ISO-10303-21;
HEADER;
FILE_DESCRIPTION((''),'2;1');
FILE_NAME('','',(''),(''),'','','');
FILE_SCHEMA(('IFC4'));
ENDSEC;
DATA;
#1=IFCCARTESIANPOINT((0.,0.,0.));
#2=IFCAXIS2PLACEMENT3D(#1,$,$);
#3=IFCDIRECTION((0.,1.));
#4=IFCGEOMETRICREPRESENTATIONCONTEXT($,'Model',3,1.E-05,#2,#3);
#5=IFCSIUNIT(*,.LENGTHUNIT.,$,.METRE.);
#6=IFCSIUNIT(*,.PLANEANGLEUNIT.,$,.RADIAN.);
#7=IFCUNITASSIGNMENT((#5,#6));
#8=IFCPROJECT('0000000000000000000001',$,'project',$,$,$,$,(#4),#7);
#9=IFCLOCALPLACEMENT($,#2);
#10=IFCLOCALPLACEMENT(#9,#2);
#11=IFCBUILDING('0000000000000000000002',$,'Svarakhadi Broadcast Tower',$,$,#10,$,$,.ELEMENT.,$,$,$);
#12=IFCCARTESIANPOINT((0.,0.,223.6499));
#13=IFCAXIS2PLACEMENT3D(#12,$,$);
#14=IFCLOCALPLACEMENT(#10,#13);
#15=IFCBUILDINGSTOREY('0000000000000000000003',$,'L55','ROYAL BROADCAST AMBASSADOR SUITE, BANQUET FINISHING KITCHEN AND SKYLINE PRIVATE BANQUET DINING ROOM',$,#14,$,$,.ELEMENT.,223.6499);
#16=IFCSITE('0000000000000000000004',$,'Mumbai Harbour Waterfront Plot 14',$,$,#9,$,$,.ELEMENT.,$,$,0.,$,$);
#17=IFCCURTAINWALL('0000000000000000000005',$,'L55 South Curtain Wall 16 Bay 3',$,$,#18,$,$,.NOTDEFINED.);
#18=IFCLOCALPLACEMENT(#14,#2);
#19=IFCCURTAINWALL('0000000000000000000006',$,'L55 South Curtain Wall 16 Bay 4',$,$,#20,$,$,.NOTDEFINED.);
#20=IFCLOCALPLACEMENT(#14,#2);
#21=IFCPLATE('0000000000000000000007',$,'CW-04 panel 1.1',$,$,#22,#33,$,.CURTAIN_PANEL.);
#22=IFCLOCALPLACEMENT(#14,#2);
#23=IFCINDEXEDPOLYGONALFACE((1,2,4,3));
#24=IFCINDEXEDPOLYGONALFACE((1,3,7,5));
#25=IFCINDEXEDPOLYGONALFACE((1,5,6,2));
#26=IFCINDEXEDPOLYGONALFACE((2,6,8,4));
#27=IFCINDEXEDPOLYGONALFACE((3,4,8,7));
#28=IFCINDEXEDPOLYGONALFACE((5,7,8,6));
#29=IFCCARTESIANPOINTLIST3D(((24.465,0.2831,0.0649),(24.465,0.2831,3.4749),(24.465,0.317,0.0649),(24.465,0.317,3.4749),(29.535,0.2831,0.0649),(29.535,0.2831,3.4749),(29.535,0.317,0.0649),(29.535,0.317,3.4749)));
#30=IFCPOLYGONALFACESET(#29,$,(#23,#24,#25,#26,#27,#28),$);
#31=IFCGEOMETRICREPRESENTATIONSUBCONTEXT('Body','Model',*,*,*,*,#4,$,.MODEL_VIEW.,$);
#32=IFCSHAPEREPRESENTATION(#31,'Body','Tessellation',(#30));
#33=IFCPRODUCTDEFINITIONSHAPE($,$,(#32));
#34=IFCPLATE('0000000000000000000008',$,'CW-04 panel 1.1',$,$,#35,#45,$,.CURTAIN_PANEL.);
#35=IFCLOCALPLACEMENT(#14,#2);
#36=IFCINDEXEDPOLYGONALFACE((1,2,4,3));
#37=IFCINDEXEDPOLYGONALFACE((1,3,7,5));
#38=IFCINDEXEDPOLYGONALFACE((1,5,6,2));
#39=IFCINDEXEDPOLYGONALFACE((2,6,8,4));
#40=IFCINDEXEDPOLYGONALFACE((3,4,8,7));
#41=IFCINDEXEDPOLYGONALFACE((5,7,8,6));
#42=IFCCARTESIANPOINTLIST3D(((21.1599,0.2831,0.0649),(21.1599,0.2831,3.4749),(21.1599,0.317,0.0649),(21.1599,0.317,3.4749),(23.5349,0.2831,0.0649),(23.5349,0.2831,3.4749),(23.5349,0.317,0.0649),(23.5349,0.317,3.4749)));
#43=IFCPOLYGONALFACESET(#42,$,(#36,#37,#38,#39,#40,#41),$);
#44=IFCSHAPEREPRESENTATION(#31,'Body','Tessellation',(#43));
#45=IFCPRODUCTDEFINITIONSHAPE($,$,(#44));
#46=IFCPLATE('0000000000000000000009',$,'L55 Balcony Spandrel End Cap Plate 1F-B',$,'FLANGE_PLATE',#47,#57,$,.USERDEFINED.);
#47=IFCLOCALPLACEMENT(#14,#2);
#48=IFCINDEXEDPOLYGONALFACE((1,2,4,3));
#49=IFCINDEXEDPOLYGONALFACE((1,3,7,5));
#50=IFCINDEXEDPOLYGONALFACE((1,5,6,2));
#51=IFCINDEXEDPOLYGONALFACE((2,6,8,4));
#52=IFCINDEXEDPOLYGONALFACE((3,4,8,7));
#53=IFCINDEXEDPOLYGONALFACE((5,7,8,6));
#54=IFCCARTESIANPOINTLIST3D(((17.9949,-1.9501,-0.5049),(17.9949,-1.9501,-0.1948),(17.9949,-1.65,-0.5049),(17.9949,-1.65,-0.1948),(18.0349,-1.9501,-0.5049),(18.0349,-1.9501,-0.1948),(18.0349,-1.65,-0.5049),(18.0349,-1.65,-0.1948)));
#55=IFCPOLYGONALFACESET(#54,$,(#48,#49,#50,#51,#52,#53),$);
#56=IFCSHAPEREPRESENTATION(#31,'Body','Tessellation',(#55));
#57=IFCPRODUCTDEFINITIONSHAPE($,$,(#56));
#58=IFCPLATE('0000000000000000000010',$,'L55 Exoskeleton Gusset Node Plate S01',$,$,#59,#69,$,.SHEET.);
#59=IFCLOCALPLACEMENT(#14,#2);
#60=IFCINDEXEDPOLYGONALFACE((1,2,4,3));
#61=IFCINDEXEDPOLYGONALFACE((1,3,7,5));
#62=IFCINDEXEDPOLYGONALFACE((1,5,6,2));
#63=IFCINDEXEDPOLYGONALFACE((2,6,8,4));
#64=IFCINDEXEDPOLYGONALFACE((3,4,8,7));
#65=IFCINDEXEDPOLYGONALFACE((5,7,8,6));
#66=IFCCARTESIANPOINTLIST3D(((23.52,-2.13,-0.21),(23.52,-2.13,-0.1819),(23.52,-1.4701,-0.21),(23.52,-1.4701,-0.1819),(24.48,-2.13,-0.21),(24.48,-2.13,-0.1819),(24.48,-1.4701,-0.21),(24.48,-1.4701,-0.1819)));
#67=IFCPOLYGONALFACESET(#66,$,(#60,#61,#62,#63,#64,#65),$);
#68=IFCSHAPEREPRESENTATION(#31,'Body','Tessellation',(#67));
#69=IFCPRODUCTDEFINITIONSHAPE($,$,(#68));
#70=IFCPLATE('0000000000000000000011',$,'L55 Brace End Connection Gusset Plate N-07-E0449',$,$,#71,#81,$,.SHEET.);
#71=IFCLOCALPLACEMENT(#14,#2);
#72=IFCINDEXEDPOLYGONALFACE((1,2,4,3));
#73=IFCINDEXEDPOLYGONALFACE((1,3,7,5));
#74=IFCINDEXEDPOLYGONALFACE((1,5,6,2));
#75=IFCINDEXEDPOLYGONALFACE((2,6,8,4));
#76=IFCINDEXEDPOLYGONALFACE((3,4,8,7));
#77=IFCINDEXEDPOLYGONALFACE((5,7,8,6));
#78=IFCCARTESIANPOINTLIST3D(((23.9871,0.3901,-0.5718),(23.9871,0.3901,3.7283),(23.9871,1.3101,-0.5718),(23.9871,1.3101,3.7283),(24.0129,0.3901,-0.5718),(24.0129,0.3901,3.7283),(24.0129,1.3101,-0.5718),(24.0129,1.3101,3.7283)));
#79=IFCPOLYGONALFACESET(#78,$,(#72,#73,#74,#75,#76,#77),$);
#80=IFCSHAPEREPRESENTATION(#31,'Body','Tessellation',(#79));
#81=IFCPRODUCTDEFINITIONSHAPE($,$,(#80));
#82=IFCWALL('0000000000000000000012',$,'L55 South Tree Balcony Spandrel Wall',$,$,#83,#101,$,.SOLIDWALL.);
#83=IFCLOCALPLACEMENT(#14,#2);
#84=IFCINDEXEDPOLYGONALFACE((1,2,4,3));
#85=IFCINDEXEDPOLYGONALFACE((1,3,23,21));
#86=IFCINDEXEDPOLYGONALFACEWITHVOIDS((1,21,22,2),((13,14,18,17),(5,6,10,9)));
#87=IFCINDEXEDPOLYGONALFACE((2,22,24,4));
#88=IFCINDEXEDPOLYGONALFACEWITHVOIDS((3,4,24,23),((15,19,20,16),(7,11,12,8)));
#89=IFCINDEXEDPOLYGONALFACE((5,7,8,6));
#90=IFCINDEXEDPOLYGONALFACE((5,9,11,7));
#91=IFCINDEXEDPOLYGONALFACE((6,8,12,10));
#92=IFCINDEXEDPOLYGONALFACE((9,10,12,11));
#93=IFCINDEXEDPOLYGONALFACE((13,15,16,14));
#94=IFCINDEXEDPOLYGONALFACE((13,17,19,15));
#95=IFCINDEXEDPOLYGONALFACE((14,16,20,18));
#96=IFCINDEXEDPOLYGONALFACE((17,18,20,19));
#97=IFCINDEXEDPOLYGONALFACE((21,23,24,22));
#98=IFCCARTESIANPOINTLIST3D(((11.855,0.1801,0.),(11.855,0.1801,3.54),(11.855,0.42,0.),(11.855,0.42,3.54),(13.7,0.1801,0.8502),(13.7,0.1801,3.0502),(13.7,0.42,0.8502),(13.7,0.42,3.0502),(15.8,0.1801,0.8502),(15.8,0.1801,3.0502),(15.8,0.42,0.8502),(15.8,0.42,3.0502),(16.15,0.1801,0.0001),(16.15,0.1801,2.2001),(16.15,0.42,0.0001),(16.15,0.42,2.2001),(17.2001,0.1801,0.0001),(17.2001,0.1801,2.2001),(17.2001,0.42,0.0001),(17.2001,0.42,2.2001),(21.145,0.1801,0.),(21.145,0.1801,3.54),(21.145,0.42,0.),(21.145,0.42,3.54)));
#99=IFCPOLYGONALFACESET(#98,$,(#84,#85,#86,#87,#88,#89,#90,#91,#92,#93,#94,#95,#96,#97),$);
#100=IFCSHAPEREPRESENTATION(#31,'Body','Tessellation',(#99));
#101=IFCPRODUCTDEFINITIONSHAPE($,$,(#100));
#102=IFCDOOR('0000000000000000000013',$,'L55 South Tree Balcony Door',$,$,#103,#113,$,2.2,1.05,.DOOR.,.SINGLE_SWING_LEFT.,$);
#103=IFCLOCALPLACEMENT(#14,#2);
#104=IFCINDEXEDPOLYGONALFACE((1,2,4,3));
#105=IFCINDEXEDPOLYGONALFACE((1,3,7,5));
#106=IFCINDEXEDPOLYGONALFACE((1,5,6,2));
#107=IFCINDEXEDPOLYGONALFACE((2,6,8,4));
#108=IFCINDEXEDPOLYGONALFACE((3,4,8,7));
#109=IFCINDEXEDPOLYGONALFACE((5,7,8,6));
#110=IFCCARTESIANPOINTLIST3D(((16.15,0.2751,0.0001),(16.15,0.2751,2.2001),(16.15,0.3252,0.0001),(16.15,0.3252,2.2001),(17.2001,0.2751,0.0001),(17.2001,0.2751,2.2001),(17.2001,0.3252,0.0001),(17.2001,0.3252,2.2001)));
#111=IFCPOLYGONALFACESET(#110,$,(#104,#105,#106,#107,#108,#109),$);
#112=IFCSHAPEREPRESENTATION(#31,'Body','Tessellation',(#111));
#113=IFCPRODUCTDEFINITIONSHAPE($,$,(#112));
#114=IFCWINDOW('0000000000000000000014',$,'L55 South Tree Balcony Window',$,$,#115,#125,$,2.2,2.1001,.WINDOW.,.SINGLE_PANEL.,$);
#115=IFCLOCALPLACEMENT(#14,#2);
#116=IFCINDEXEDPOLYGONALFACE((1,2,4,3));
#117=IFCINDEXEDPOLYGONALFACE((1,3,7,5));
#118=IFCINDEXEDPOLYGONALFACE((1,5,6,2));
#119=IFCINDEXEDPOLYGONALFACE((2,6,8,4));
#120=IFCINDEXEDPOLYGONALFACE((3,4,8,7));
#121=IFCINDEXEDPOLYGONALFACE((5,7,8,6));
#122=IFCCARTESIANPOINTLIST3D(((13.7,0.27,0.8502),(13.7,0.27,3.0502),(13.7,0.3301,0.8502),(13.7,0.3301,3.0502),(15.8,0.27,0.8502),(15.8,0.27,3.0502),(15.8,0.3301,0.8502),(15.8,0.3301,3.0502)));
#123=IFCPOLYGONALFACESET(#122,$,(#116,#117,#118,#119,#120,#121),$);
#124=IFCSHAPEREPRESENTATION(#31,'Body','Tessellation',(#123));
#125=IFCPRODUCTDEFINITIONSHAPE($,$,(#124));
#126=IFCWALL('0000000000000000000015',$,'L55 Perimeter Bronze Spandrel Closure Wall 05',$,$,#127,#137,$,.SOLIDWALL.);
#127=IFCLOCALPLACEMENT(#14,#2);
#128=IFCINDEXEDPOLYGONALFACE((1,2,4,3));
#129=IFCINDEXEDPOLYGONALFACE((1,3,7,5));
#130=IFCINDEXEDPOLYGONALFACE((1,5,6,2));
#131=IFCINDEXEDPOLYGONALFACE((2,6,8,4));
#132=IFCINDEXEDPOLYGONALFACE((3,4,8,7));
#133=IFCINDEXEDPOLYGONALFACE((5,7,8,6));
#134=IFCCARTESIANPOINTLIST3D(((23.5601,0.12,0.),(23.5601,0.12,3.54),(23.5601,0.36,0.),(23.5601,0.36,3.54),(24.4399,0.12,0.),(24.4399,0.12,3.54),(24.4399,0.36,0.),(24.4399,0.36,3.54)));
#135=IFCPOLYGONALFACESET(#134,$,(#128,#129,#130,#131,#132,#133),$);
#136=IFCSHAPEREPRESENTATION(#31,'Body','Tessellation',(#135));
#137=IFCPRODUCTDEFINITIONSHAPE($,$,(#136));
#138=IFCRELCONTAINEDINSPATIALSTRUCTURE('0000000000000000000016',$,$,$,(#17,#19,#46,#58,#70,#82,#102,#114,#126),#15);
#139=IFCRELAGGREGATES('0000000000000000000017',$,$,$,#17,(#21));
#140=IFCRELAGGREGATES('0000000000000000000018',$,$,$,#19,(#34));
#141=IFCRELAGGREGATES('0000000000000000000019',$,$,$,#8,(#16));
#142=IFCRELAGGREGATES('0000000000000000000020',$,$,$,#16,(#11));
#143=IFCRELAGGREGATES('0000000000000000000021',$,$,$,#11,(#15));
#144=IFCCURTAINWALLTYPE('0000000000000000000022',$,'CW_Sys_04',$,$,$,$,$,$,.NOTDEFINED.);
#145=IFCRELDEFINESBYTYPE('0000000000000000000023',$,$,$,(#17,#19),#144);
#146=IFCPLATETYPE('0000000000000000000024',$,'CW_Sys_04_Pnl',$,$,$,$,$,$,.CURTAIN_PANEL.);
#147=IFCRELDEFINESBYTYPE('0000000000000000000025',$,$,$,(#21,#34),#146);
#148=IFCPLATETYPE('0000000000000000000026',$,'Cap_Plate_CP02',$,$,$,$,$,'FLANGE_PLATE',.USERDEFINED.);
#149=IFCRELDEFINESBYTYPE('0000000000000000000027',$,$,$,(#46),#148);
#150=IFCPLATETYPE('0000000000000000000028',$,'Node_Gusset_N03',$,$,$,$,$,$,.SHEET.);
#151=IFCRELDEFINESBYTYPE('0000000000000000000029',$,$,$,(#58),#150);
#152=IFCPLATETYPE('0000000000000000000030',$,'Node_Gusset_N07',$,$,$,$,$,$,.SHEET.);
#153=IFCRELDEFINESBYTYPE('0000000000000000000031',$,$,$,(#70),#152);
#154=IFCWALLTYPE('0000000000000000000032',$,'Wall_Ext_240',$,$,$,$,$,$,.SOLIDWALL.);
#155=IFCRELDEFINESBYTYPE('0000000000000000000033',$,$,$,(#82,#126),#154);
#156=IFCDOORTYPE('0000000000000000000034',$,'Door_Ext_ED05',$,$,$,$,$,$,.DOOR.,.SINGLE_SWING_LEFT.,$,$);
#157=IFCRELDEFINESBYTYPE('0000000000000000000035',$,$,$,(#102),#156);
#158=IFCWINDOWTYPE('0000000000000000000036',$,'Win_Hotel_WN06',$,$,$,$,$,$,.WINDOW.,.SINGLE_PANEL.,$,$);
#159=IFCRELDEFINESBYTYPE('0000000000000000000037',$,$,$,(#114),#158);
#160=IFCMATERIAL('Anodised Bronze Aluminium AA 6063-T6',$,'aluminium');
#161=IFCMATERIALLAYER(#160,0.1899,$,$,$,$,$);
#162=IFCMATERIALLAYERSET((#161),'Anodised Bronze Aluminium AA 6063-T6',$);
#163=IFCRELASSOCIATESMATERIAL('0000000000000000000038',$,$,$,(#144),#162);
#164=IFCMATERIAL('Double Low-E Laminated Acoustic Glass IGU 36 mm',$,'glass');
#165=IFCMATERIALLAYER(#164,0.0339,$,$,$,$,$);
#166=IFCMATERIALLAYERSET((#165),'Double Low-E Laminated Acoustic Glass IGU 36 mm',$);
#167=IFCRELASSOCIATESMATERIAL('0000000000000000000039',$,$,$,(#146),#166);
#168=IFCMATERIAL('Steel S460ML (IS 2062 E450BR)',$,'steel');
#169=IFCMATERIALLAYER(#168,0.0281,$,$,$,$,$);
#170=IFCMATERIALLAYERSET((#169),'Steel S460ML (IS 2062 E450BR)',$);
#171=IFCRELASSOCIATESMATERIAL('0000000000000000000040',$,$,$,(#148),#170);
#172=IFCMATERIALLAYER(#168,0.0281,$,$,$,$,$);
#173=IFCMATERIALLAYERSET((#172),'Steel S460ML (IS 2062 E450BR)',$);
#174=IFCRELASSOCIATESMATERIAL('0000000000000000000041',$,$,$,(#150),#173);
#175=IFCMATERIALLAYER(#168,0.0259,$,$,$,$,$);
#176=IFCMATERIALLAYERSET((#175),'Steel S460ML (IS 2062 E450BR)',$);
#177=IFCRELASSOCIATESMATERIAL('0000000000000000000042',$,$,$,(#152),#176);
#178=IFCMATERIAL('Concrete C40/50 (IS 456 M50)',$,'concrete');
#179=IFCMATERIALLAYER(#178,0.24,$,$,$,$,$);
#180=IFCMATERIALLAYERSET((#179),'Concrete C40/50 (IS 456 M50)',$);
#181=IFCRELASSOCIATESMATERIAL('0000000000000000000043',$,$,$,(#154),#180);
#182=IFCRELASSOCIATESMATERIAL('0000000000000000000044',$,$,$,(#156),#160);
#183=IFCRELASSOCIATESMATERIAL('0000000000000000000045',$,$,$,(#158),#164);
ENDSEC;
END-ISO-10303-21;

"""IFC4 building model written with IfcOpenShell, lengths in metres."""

from ifc_helpers import new_model, si_unit, direction, frame, frame_2d, origin, origin_2d, place, context, subcontext, project, spatial, rectangle, extrude, material, layer, layer_set, type_object, element, fill, aggregate, save


model = new_model("IFC4")

# Units and contexts
model_context = context("Model", 3, precision=1e-05, world=origin(), true_north=direction((0.0, 1.0)))
body_context = subcontext(model_context, "Body", "Model", "MODEL_VIEW")
ifc_project = project(units=[si_unit("LENGTHUNIT", "METRE"), si_unit("PLANEANGLEUNIT", "RADIAN")], contexts=[model_context])

# Site, building, storey
site_placement = place(None, origin())
site = spatial("IfcSite", under=ifc_project, at=site_placement, Name="Mumbai Harbour Waterfront Plot 14", CompositionType="ELEMENT", RefElevation=0.0)
building_placement = place(site_placement, origin())
building = spatial("IfcBuilding", under=site, at=building_placement, Name="Svarakhadi Broadcast Tower", CompositionType="ELEMENT")
storey_placement = place(building_placement, frame((0.0, 0.0, 223.6499)))
storey = spatial("IfcBuildingStorey", under=building, at=storey_placement, Name="L55", Description="ROYAL BROADCAST AMBASSADOR SUITE, BANQUET FINISHING KITCHEN AND SKYLINE PRIVATE BANQUET DINING ROOM", CompositionType="ELEMENT", Elevation=223.6499)

# Curtain walls
ifc_material_1 = material(Name="Anodised Bronze Aluminium AA 6063-T6", Category="aluminium")
ifc_layer_1 = layer(ifc_material_1, 0.1899)
ifc_layer_set_1 = layer_set([ifc_layer_1], Name="Anodised Bronze Aluminium AA 6063-T6")
curtain_wall_type = type_object("IfcCurtainWallType", Name="CW_Sys_04", PredefinedType="NOTDEFINED", material=ifc_layer_set_1)
curtain_wall_1_placement = place(storey_placement, origin())
curtain_wall_1 = element("IfcCurtainWall", 1, at=curtain_wall_1_placement, inside=storey, type_object=curtain_wall_type, Name="L55 South Curtain Wall 16 Bay 3", PredefinedType="NOTDEFINED")
curtain_wall_2_placement = place(storey_placement, origin())
curtain_wall_2 = element("IfcCurtainWall", 2, at=curtain_wall_2_placement, inside=storey, type_object=curtain_wall_type, Name="L55 South Curtain Wall 16 Bay 4", PredefinedType="NOTDEFINED")

# Shared definitions
ifc_material_2 = material(Name="Steel S460ML (IS 2062 E450BR)", Category="steel")

# Plates
ifc_material_3 = material(Name="Double Low-E Laminated Acoustic Glass IGU 36 mm", Category="glass")
ifc_layer_2 = layer(ifc_material_3, 0.0339)
ifc_layer_set_2 = layer_set([ifc_layer_2], Name="Double Low-E Laminated Acoustic Glass IGU 36 mm")
plate_type_1 = type_object("IfcPlateType", Name="CW_Sys_04_Pnl", PredefinedType="CURTAIN_PANEL", material=ifc_layer_set_2)
plate_1_placement = place(storey_placement, frame((27.0, 0.3, 0.0649), z_axis=(0.0, 0.0, 1.0), x_axis=(-1.0, 0.0, 0.0)))
plate_1 = element("IfcPlate", 3, at=plate_1_placement, type_object=plate_type_1, Name="CW-04 panel 1.1", PredefinedType="CURTAIN_PANEL", context=body_context, shape_type="SweptSolid", body=[
    extrude(rectangle(XDim=5.0701, YDim=0.0339, at=origin_2d()), origin(), (0.0, 0.0, 1.0), 3.4099),
])
aggregate(curtain_wall_1, [plate_1])
plate_2_placement = place(storey_placement, frame((22.3474, 0.3, 0.0649), z_axis=(0.0, 0.0, 1.0), x_axis=(-1.0, 0.0, 0.0)))
plate_2 = element("IfcPlate", 4, at=plate_2_placement, type_object=plate_type_1, Name="CW-04 panel 1.1", PredefinedType="CURTAIN_PANEL", context=body_context, shape_type="SweptSolid", body=[
    extrude(rectangle(XDim=2.375, YDim=0.0339, at=origin_2d()), origin(), (0.0, 0.0, 1.0), 3.4099),
])
aggregate(curtain_wall_2, [plate_2])

# Plates
ifc_layer_3 = layer(ifc_material_2, 0.0281)
ifc_layer_set_3 = layer_set([ifc_layer_3], Name="Steel S460ML (IS 2062 E450BR)")
plate_type_2 = type_object("IfcPlateType", Name="Cap_Plate_CP02", ElementType="FLANGE_PLATE", PredefinedType="USERDEFINED", material=ifc_layer_set_3)
plate_3_placement = place(storey_placement, frame((18.0149, -1.8, -0.5049), z_axis=(0.0, 0.0, 1.0), x_axis=(1.0, 0.0, 0.0)))
element("IfcPlate", 5, at=plate_3_placement, inside=storey, type_object=plate_type_2, Name="L55 Balcony Spandrel End Cap Plate 1F-B", ObjectType="FLANGE_PLATE", PredefinedType="USERDEFINED", context=body_context, shape_type="SweptSolid", body=[
    extrude(rectangle(XDim=0.04, YDim=0.3, at=origin_2d()), origin(), (0.0, 0.0, 1.0), 0.3101),
])
ifc_layer_4 = layer(ifc_material_2, 0.0281)
ifc_layer_set_4 = layer_set([ifc_layer_4], Name="Steel S460ML (IS 2062 E450BR)")
plate_type_3 = type_object("IfcPlateType", Name="Node_Gusset_N03", PredefinedType="SHEET", material=ifc_layer_set_4)
plate_4_placement = place(storey_placement, frame((24.0, -1.8, -0.21), z_axis=(0.0, 0.0, 1.0), x_axis=(1.0, 0.0, 0.0)))
element("IfcPlate", 6, at=plate_4_placement, inside=storey, type_object=plate_type_3, Name="L55 Exoskeleton Gusset Node Plate S01", PredefinedType="SHEET", context=body_context, shape_type="SweptSolid", body=[
    extrude(rectangle(XDim=0.96, YDim=0.6599, at=origin_2d()), origin(), (0.0, 0.0, 1.0), 0.0281),
])
ifc_layer_5 = layer(ifc_material_2, 0.0259)
ifc_layer_set_5 = layer_set([ifc_layer_5], Name="Steel S460ML (IS 2062 E450BR)")
plate_type_4 = type_object("IfcPlateType", Name="Node_Gusset_N07", PredefinedType="SHEET", material=ifc_layer_set_5)
plate_5_placement = place(storey_placement, frame((24.0, 0.8501, -0.5718), z_axis=(0.0, 0.0, 1.0), x_axis=(0.0, 1.0, 0.0)))
element("IfcPlate", 7, at=plate_5_placement, inside=storey, type_object=plate_type_4, Name="L55 Brace End Connection Gusset Plate N-07-E0449", PredefinedType="SHEET", context=body_context, shape_type="SweptSolid", body=[
    extrude(rectangle(XDim=0.9199, YDim=0.0259, at=origin_2d()), origin(), (0.0, 0.0, 1.0), 4.3),
])

# Wall, openings, door, window
ifc_material_4 = material(Name="Concrete C40/50 (IS 456 M50)", Category="concrete")
ifc_layer_6 = layer(ifc_material_4, 0.24)
ifc_layer_set_6 = layer_set([ifc_layer_6], Name="Concrete C40/50 (IS 456 M50)")
wall_type = type_object("IfcWallType", Name="Wall_Ext_240", PredefinedType="SOLIDWALL", material=ifc_layer_set_6)
wall_1_placement = place(storey_placement, frame((21.145, 0.3, 0.0), z_axis=(0.0, 0.0, 1.0), x_axis=(-1.0, 0.0, 0.0)))
wall_1 = element("IfcWall", 8, at=wall_1_placement, inside=storey, type_object=wall_type, Name="L55 South Tree Balcony Spandrel Wall", PredefinedType="SOLIDWALL", context=body_context, shape_type="SweptSolid", body=[
    extrude(rectangle(XDim=9.29, YDim=0.24, at=frame_2d((4.645, 0.0))), origin(), (0.0, 0.0, 1.0), 3.54),
])
opening_1_placement = place(wall_1_placement, frame((3.9451, 0.0, 0.0)))
opening_1 = element("IfcOpeningElement", 9, at=opening_1_placement, cuts=wall_1, PredefinedType="OPENING", context=body_context, shape_type="SweptSolid", body=[
    extrude(rectangle(XDim=1.05, YDim=2.2, at=frame_2d((0.5249, 1.1001))), frame((0.0, 0.1299, 0.0), z_axis=(0.0, -1.0, 0.0), x_axis=(1.0, 0.0, 0.0)), (0.0, 0.0, 1.0), 0.26),
])
opening_2_placement = place(wall_1_placement, frame((5.345, 0.0, 0.8501)))
opening_2 = element("IfcOpeningElement", 10, at=opening_2_placement, cuts=wall_1, PredefinedType="OPENING", context=body_context, shape_type="SweptSolid", body=[
    extrude(rectangle(XDim=2.1001, YDim=2.2, at=frame_2d((1.05, 1.1001))), frame((0.0, 0.1299, 0.0), z_axis=(0.0, -1.0, 0.0), x_axis=(1.0, 0.0, 0.0)), (0.0, 0.0, 1.0), 0.26),
])
door_type = type_object("IfcDoorType", Name="Door_Ext_ED05", OperationType="SINGLE_SWING_LEFT", PredefinedType="DOOR", material=ifc_material_1)
door_placement = place(opening_1_placement, origin())
door = element("IfcDoor", 11, at=door_placement, inside=storey, type_object=door_type, Name="L55 South Tree Balcony Door", OperationType="SINGLE_SWING_LEFT", OverallHeight=2.2, OverallWidth=1.05, PredefinedType="DOOR", context=body_context, shape_type="SweptSolid", body=[
    extrude(rectangle(XDim=1.05, YDim=2.2, at=frame_2d((0.5249, 1.1001))), frame((0.0, 0.0249, 0.0), z_axis=(0.0, -1.0, 0.0), x_axis=(1.0, 0.0, 0.0)), (0.0, 0.0, 1.0), 0.05),
])
fill(opening_1, door)
window_type = type_object("IfcWindowType", Name="Win_Hotel_WN06", PartitioningType="SINGLE_PANEL", PredefinedType="WINDOW", material=ifc_material_3)
window_placement = place(opening_2_placement, origin())
window = element("IfcWindow", 12, at=window_placement, inside=storey, type_object=window_type, Name="L55 South Tree Balcony Window", OverallHeight=2.2, OverallWidth=2.1001, PartitioningType="SINGLE_PANEL", PredefinedType="WINDOW", context=body_context, shape_type="SweptSolid", body=[
    extrude(rectangle(XDim=2.1001, YDim=2.2, at=frame_2d((1.05, 1.1001))), frame((0.0, 0.03, 0.0), z_axis=(0.0, -1.0, 0.0), x_axis=(1.0, 0.0, 0.0)), (0.0, 0.0, 1.0), 0.0601),
])
fill(opening_2, window)

# Wall
wall_2_placement = place(storey_placement, frame((24.4399, 0.24, 0.0), z_axis=(0.0, 0.0, 1.0), x_axis=(-1.0, 0.0, 0.0)))
element("IfcWall", 13, at=wall_2_placement, inside=storey, type_object=wall_type, Name="L55 Perimeter Bronze Spandrel Closure Wall 05", PredefinedType="SOLIDWALL", context=body_context, shape_type="SweptSolid", body=[
    extrude(rectangle(XDim=0.8799, YDim=0.24, at=frame_2d((0.4399, 0.0))), origin(), (0.0, 0.0, 1.0), 3.54),
])

save(model, "model.ifc")
